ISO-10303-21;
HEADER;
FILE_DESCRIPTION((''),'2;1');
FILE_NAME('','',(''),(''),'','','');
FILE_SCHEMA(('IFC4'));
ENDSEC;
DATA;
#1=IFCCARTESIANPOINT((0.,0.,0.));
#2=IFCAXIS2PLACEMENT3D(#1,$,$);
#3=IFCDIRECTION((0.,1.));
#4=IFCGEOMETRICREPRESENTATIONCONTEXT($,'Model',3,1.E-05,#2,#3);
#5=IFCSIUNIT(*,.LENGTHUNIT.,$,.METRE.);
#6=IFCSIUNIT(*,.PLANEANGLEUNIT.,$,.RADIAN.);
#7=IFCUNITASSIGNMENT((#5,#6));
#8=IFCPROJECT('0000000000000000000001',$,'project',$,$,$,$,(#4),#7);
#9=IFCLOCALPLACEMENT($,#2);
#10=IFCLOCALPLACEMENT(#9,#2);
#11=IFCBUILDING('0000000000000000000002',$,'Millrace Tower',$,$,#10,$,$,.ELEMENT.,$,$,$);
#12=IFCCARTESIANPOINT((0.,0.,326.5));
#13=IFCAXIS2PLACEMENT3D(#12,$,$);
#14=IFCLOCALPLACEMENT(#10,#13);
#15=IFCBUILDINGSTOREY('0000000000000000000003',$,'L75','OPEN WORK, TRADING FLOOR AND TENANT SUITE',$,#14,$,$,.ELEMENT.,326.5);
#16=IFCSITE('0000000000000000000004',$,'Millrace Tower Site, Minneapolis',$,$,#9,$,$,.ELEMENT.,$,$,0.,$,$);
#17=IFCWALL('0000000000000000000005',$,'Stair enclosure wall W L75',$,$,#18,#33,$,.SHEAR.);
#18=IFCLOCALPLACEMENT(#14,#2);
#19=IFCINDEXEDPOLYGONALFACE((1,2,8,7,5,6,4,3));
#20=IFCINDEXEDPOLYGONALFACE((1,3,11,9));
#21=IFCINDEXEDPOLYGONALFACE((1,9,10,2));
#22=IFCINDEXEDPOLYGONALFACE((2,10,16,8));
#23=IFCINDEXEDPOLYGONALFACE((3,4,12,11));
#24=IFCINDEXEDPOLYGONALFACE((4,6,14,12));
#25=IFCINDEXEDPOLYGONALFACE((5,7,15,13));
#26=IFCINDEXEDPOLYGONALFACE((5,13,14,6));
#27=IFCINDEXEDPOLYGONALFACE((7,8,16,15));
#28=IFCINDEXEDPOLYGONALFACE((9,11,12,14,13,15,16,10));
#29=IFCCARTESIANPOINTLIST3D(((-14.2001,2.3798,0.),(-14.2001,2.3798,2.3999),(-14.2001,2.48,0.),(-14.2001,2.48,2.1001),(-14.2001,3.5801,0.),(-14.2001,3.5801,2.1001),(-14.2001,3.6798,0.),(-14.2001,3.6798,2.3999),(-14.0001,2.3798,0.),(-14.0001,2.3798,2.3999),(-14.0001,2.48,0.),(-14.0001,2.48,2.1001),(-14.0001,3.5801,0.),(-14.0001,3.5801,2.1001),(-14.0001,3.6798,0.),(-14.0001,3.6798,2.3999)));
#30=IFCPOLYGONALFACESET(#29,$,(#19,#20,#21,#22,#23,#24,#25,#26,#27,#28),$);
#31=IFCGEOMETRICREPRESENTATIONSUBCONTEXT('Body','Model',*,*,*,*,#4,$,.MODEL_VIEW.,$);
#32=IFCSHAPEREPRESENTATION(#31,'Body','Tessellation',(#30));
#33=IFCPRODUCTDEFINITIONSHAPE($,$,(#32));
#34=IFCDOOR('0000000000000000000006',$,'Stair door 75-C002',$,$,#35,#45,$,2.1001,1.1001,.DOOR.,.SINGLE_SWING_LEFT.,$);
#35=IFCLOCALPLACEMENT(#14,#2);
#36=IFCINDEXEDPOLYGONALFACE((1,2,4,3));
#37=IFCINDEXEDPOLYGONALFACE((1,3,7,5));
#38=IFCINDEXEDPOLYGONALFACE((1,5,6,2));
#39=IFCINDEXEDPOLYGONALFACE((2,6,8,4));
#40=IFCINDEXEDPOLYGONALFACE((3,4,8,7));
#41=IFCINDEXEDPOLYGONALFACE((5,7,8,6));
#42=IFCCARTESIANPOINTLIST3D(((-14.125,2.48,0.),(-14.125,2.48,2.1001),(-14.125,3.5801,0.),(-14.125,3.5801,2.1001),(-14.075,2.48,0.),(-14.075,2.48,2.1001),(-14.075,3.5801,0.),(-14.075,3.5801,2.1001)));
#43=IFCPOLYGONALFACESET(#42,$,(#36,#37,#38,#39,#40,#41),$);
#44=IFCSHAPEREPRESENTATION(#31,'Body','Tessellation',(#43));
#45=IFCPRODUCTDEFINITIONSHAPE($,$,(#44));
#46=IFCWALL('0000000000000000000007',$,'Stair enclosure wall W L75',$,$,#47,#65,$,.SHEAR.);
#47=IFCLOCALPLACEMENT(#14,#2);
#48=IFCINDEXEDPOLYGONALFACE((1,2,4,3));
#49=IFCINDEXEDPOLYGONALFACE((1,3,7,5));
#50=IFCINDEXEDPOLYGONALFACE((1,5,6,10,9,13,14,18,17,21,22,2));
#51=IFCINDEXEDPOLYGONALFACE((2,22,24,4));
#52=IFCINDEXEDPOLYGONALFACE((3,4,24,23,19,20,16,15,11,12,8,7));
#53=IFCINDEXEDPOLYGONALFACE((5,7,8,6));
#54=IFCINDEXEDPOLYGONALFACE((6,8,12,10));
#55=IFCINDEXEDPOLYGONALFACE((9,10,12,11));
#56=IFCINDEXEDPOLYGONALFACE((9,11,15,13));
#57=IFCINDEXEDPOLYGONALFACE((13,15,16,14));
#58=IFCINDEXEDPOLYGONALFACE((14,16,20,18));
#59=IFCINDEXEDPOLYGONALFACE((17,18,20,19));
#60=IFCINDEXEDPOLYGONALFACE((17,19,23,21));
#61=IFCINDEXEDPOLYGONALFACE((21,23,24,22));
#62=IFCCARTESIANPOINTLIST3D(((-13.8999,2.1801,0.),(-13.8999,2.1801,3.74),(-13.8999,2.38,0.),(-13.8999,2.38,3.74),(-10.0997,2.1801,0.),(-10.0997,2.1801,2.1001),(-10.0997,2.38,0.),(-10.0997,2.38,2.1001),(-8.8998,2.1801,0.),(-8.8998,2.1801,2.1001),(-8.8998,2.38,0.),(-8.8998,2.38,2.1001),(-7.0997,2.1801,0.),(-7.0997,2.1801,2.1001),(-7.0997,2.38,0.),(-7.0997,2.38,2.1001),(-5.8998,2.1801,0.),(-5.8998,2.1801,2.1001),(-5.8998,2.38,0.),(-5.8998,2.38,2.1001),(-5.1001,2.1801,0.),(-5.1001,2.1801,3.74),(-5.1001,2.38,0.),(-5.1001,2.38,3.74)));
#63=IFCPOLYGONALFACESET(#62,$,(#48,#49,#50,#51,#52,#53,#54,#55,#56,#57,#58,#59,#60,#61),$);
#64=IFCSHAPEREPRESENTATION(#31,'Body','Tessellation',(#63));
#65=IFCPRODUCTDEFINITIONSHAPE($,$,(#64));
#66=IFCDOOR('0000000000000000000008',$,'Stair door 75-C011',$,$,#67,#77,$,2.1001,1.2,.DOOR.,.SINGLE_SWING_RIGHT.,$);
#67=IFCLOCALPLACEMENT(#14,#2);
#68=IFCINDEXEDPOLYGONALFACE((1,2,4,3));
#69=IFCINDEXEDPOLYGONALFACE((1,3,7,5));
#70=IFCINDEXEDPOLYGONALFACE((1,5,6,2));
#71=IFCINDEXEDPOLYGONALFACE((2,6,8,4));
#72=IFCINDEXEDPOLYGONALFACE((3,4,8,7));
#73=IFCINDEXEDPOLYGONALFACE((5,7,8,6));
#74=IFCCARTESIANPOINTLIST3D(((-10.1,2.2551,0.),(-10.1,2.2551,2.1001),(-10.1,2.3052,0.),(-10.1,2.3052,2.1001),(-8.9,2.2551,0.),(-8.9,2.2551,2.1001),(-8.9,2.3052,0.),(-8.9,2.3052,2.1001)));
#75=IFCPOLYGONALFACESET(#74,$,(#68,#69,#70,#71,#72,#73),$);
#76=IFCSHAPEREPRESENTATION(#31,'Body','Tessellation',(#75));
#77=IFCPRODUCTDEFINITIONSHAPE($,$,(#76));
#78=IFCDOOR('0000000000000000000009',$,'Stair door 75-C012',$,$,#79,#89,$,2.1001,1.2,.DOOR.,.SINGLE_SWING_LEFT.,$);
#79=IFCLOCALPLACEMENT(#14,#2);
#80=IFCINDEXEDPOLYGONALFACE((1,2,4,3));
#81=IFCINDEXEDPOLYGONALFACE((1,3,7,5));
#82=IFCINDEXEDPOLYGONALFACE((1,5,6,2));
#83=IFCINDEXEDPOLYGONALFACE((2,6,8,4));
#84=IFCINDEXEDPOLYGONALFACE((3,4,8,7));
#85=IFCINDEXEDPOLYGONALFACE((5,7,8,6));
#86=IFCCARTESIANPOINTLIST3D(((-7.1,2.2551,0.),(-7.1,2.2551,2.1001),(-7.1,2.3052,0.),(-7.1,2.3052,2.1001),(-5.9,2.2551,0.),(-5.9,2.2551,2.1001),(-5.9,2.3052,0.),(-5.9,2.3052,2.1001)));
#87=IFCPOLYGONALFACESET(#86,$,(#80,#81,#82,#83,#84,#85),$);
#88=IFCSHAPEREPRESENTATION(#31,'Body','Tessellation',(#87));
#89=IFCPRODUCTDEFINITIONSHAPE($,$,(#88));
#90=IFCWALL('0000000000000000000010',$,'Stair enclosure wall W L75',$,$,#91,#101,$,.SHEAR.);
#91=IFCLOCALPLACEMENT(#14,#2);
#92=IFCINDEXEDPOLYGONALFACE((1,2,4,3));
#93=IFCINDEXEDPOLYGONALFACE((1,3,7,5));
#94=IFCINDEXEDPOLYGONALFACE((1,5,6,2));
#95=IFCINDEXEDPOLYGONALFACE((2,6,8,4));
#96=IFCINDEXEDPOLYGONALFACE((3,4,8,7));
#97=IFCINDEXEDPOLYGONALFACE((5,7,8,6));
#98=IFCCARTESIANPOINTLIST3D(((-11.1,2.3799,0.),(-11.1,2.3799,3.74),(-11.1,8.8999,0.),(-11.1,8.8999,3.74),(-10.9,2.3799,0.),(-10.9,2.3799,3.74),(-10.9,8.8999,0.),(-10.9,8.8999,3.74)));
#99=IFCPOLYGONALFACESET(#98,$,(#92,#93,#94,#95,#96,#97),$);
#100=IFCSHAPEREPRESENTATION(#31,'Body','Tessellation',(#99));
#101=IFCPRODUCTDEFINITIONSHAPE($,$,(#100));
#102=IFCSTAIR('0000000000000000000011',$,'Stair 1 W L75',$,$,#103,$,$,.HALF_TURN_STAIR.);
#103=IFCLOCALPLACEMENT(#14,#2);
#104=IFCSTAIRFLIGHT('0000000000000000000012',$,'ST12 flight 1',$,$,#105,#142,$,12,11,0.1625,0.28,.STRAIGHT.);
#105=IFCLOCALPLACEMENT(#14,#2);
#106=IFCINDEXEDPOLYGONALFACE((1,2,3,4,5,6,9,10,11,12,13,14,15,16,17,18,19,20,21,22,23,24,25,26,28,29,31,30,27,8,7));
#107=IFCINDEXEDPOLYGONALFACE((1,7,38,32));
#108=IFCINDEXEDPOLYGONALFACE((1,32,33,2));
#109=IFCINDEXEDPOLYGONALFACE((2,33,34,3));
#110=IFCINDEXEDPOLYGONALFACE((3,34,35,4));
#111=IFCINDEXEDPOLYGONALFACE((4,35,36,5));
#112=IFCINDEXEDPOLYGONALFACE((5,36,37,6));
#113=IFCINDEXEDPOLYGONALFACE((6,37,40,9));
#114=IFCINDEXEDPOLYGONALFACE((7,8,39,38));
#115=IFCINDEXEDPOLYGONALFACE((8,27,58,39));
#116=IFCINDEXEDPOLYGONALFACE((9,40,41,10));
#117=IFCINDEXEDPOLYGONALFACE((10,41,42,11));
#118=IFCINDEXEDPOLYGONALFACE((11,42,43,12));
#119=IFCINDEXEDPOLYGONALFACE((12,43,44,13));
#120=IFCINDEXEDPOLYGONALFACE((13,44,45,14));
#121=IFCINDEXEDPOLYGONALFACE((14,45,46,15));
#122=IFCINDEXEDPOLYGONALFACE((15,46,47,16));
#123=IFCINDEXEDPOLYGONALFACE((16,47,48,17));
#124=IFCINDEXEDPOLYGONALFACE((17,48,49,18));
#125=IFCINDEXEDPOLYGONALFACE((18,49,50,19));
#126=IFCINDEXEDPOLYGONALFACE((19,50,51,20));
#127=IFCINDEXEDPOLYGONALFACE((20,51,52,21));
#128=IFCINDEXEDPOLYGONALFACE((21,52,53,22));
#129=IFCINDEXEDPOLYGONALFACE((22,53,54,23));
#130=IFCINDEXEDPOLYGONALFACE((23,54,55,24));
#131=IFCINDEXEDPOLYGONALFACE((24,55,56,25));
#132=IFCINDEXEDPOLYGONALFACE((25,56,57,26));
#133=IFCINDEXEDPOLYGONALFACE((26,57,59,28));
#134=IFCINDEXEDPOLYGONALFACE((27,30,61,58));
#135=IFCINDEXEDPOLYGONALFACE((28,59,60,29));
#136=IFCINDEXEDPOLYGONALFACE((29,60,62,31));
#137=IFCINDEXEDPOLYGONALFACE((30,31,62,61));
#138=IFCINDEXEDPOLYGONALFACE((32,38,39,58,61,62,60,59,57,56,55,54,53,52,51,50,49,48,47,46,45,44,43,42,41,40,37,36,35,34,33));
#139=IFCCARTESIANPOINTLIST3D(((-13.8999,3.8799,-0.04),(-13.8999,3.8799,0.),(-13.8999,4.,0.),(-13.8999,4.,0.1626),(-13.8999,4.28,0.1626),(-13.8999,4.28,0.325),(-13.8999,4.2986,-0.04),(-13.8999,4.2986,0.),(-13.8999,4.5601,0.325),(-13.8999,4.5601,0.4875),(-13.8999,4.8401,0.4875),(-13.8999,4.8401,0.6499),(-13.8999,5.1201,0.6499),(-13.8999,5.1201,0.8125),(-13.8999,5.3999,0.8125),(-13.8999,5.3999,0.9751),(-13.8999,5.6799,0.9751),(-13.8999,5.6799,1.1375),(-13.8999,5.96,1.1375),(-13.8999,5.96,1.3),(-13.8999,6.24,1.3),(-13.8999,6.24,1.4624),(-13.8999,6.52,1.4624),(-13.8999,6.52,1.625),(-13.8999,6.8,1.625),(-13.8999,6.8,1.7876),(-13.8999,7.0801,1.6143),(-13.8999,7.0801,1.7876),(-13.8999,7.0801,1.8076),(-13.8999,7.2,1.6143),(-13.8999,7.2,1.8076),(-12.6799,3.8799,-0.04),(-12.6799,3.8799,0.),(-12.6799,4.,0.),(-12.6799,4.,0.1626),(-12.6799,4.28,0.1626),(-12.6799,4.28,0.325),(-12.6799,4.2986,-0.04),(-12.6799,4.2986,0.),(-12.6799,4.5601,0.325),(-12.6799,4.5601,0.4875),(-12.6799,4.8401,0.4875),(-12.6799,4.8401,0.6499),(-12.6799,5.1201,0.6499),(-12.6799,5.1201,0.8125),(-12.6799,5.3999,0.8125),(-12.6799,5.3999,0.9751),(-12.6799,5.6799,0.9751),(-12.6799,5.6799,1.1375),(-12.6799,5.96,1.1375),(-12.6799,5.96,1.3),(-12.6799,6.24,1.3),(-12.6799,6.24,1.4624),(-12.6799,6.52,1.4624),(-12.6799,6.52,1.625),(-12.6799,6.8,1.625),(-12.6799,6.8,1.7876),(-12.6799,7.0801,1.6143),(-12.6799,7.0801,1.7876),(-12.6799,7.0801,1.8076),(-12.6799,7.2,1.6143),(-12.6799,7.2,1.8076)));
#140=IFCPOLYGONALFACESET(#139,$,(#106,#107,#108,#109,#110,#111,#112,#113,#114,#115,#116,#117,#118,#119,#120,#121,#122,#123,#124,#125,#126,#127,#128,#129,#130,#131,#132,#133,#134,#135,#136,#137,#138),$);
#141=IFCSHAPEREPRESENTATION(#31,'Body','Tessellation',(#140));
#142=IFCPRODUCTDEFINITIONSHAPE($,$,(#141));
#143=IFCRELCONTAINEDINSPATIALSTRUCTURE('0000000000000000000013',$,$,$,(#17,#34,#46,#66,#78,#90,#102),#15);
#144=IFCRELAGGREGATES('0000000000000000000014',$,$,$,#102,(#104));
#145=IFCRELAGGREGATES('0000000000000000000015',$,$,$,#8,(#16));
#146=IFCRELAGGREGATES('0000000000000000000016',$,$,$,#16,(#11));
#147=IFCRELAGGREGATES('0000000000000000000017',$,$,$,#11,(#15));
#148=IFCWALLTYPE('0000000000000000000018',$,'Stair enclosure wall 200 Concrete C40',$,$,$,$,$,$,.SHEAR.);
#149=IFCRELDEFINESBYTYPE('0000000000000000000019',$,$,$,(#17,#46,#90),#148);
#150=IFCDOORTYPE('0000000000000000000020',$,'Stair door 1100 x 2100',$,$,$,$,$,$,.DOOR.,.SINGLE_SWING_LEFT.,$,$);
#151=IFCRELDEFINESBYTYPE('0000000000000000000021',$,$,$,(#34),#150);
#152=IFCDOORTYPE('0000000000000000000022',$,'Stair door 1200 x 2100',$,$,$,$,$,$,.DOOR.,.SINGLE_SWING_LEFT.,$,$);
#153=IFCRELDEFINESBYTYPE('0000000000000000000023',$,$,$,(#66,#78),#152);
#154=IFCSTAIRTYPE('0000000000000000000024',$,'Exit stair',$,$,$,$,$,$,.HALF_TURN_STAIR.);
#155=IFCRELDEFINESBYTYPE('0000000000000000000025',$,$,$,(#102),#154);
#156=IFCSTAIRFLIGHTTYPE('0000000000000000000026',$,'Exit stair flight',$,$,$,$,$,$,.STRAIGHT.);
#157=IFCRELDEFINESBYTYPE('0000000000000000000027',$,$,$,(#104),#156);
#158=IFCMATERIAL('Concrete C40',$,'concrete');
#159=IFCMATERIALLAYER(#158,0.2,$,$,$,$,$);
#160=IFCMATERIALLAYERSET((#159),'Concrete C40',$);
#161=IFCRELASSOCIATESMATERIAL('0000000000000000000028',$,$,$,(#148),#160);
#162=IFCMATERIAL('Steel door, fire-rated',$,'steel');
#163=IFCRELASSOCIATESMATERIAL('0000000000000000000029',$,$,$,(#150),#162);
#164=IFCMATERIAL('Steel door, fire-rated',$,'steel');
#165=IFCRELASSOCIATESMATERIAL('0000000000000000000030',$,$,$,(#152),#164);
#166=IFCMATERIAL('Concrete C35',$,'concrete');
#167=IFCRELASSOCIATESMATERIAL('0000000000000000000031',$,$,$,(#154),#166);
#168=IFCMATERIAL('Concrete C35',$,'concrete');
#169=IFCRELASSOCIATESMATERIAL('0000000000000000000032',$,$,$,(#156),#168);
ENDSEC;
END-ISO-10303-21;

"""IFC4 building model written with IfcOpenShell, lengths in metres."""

from ifc_helpers import new_model, si_unit, direction, frame, frame_2d, origin, place, context, subcontext, project, spatial, polyline, rectangle, outline, extrude, material, layer, layer_set, type_object, element, fill, aggregate, save


model = new_model("IFC4")

# Units and contexts
model_context = context("Model", 3, precision=1e-05, world=origin(), true_north=direction((0.0, 1.0)))
body_context = subcontext(model_context, "Body", "Model", "MODEL_VIEW")
ifc_project = project(units=[si_unit("LENGTHUNIT", "METRE"), si_unit("PLANEANGLEUNIT", "RADIAN")], contexts=[model_context])

# Site, building, storey
site_placement = place(None, origin())
site = spatial("IfcSite", under=ifc_project, at=site_placement, Name="Millrace Tower Site, Minneapolis", CompositionType="ELEMENT", RefElevation=0.0)
building_placement = place(site_placement, origin())
building = spatial("IfcBuilding", under=site, at=building_placement, Name="Millrace Tower", CompositionType="ELEMENT")
storey_placement = place(building_placement, frame((0.0, 0.0, 326.5)))
storey = spatial("IfcBuildingStorey", under=building, at=storey_placement, Name="L75", Description="OPEN WORK, TRADING FLOOR AND TENANT SUITE", CompositionType="ELEMENT", Elevation=326.5)

# Shared definitions
placement = place(storey_placement, origin())

# Wall, opening, door
ifc_material_1 = material(Name="Concrete C40", Category="concrete")
ifc_layer_1 = layer(ifc_material_1, 0.2)
ifc_layer_set_1 = layer_set([ifc_layer_1], Name="Concrete C40")
wall_type_1 = type_object("IfcWallType", Name="Stair enclosure wall 200 Concrete C40", PredefinedType="SHEAR", material=ifc_layer_set_1)
wall_1_placement = place(storey_placement, frame((-14.1001, 2.3799, 0.0), z_axis=(0.0, 0.0, 1.0), x_axis=(0.0, 1.0, 0.0)))
wall_1 = element("IfcWall", 1, at=wall_1_placement, inside=storey, type_object=wall_type_1, Name="Stair enclosure wall W L75", PredefinedType="SHEAR", context=body_context, shape_type="SweptSolid", body=[
    extrude(rectangle(XDim=1.3, YDim=0.2, at=frame_2d((0.6499, 0.0))), origin(), (0.0, 0.0, 1.0), 2.3999),
])
opening_1_placement = place(wall_1_placement, frame((0.1001, 0.0, 0.0)))
opening_1 = element("IfcOpeningElement", 2, at=opening_1_placement, cuts=wall_1, PredefinedType="OPENING", context=body_context, shape_type="SweptSolid", body=[
    extrude(rectangle(XDim=1.1001, YDim=2.1001, at=frame_2d((0.55, 1.05))), frame((0.0, 0.1099, 0.0), z_axis=(0.0, -1.0, 0.0), x_axis=(1.0, 0.0, 0.0)), (0.0, 0.0, 1.0), 0.22),
])
ifc_material_2 = material(Name="Steel door, fire-rated", Category="steel")
door_type_1 = type_object("IfcDoorType", Name="Stair door 1100 x 2100", OperationType="SINGLE_SWING_LEFT", PredefinedType="DOOR", material=ifc_material_2)
door_1_placement = place(opening_1_placement, origin())
door_1 = element("IfcDoor", 3, at=door_1_placement, inside=storey, type_object=door_type_1, Name="Stair door 75-C002", OperationType="SINGLE_SWING_LEFT", OverallHeight=2.1001, OverallWidth=1.1001, PredefinedType="DOOR", context=body_context, shape_type="SweptSolid", body=[
    extrude(rectangle(XDim=1.1001, YDim=2.1001, at=frame_2d((0.55, 1.05))), frame((0.0, 0.0249, 0.0), z_axis=(0.0, -1.0, 0.0), x_axis=(1.0, 0.0, 0.0)), (0.0, 0.0, 1.0), 0.05),
])
fill(opening_1, door_1)

# Wall, openings, doors
wall_2_placement = place(storey_placement, frame((-13.8999, 2.28, 0.0), z_axis=(0.0, 0.0, 1.0), x_axis=(1.0, 0.0, 0.0)))
wall_2 = element("IfcWall", 4, at=wall_2_placement, inside=storey, type_object=wall_type_1, Name="Stair enclosure wall W L75", PredefinedType="SHEAR", context=body_context, shape_type="SweptSolid", body=[
    extrude(rectangle(XDim=8.7998, YDim=0.2, at=frame_2d((4.3999, 0.0))), origin(), (0.0, 0.0, 1.0), 3.74),
])
opening_2_placement = place(wall_2_placement, frame((3.8, 0.0, 0.0)))
opening_2 = element("IfcOpeningElement", 5, at=opening_2_placement, cuts=wall_2, PredefinedType="OPENING", context=body_context, shape_type="SweptSolid", body=[
    extrude(rectangle(XDim=1.2, YDim=2.1001, at=frame_2d((0.6001, 1.05))), frame((0.0, 0.1099, 0.0), z_axis=(0.0, -1.0, 0.0), x_axis=(1.0, 0.0, 0.0)), (0.0, 0.0, 1.0), 0.22),
])
opening_3_placement = place(wall_2_placement, frame((6.8, 0.0, 0.0)))
opening_3 = element("IfcOpeningElement", 6, at=opening_3_placement, cuts=wall_2, PredefinedType="OPENING", context=body_context, shape_type="SweptSolid", body=[
    extrude(rectangle(XDim=1.2, YDim=2.1001, at=frame_2d((0.6001, 1.05))), frame((0.0, 0.1099, 0.0), z_axis=(0.0, -1.0, 0.0), x_axis=(1.0, 0.0, 0.0)), (0.0, 0.0, 1.0), 0.22),
])
ifc_material_3 = material(Name="Steel door, fire-rated", Category="steel")
door_type_2 = type_object("IfcDoorType", Name="Stair door 1200 x 2100", OperationType="SINGLE_SWING_LEFT", PredefinedType="DOOR", material=ifc_material_3)
door_2_placement = place(opening_2_placement, frame((1.2, 0.0, 0.0), z_axis=(0.0, 0.0, 1.0), x_axis=(-1.0, 0.0, 0.0)))
door_2 = element("IfcDoor", 7, at=door_2_placement, inside=storey, type_object=door_type_2, Name="Stair door 75-C011", OperationType="SINGLE_SWING_RIGHT", OverallHeight=2.1001, OverallWidth=1.2, PredefinedType="DOOR", context=body_context, shape_type="SweptSolid", body=[
    extrude(rectangle(XDim=1.2, YDim=2.1001, at=frame_2d((0.6001, 1.05))), frame((0.0, 0.0249, 0.0), z_axis=(0.0, -1.0, 0.0), x_axis=(1.0, 0.0, 0.0)), (0.0, 0.0, 1.0), 0.05),
])
fill(opening_2, door_2)
door_3_placement = place(opening_3_placement, frame((1.2, 0.0, 0.0), z_axis=(0.0, 0.0, 1.0), x_axis=(-1.0, 0.0, 0.0)))
door_3 = element("IfcDoor", 8, at=door_3_placement, inside=storey, type_object=door_type_2, Name="Stair door 75-C012", OperationType="SINGLE_SWING_LEFT", OverallHeight=2.1001, OverallWidth=1.2, PredefinedType="DOOR", context=body_context, shape_type="SweptSolid", body=[
    extrude(rectangle(XDim=1.2, YDim=2.1001, at=frame_2d((0.6001, 1.05))), frame((0.0, 0.0249, 0.0), z_axis=(0.0, -1.0, 0.0), x_axis=(1.0, 0.0, 0.0)), (0.0, 0.0, 1.0), 0.05),
])
fill(opening_3, door_3)

# Wall
wall_3_placement = place(storey_placement, frame((-11.0, 2.3799, 0.0), z_axis=(0.0, 0.0, 1.0), x_axis=(0.0, 1.0, 0.0)))
element("IfcWall", 9, at=wall_3_placement, inside=storey, type_object=wall_type_1, Name="Stair enclosure wall W L75", PredefinedType="SHEAR", context=body_context, shape_type="SweptSolid", body=[
    extrude(rectangle(XDim=6.52, YDim=0.2, at=frame_2d((3.26, 0.0))), origin(), (0.0, 0.0, 1.0), 3.74),
])

# Stair, stair flight
ifc_material_4 = material(Name="Concrete C35", Category="concrete")
stair_type = type_object("IfcStairType", Name="Exit stair", PredefinedType="HALF_TURN_STAIR", material=ifc_material_4)
stair = element("IfcStair", 10, at=placement, inside=storey, type_object=stair_type, Name="Stair 1 W L75", PredefinedType="HALF_TURN_STAIR")
ifc_material_5 = material(Name="Concrete C35", Category="concrete")
stair_flight_type = type_object("IfcStairFlightType", Name="Exit stair flight", PredefinedType="STRAIGHT", material=ifc_material_5)
stair_flight_1_placement = place(storey_placement, frame((-13.29, 4.0, 0.0), z_axis=(0.0, 0.0, 1.0), x_axis=(0.0, 1.0, 0.0)))
stair_flight_1 = element("IfcStairFlight", 11, at=stair_flight_1_placement, type_object=stair_flight_type, Name="ST12 flight 1", NumberOfRisers=12, NumberOfTreads=11, PredefinedType="STRAIGHT", RiserHeight=0.1625, TreadLength=0.28, context=body_context, shape_type="SweptSolid", body=[
    extrude(outline(polyline([(-0.1201, -0.04), (-0.1201, 0.0), (0.0, 0.0), (0.0, 0.1626), (0.28, 0.1626), (0.28, 0.325), (0.5601, 0.325), (0.5601, 0.4875), (0.8401, 0.4875), (0.8401, 0.6499), (1.1201, 0.6499), (1.1201, 0.8125), (1.3999, 0.8125), (1.3999, 0.9751), (1.6799, 0.9751), (1.6799, 1.1375), (1.96, 1.1375), (1.96, 1.3), (2.24, 1.3), (2.24, 1.4624), (2.52, 1.4624), (2.52, 1.625), (2.8, 1.625), (2.8, 1.7876), (3.0801, 1.7876), (3.0801, 1.8076), (3.2, 1.8076), (3.2, 1.6143), (3.0801, 1.6143), (0.2986, 0.0), (0.2986, -0.04), (-0.1201, -0.04)])), frame((0.0, 0.6099, 0.0), z_axis=(0.0, -1.0, 0.0), x_axis=(1.0, 0.0, 0.0)), (0.0, 0.0, 1.0), 1.22),
])
aggregate(stair, [stair_flight_1])

save(model, "model.ifc")
